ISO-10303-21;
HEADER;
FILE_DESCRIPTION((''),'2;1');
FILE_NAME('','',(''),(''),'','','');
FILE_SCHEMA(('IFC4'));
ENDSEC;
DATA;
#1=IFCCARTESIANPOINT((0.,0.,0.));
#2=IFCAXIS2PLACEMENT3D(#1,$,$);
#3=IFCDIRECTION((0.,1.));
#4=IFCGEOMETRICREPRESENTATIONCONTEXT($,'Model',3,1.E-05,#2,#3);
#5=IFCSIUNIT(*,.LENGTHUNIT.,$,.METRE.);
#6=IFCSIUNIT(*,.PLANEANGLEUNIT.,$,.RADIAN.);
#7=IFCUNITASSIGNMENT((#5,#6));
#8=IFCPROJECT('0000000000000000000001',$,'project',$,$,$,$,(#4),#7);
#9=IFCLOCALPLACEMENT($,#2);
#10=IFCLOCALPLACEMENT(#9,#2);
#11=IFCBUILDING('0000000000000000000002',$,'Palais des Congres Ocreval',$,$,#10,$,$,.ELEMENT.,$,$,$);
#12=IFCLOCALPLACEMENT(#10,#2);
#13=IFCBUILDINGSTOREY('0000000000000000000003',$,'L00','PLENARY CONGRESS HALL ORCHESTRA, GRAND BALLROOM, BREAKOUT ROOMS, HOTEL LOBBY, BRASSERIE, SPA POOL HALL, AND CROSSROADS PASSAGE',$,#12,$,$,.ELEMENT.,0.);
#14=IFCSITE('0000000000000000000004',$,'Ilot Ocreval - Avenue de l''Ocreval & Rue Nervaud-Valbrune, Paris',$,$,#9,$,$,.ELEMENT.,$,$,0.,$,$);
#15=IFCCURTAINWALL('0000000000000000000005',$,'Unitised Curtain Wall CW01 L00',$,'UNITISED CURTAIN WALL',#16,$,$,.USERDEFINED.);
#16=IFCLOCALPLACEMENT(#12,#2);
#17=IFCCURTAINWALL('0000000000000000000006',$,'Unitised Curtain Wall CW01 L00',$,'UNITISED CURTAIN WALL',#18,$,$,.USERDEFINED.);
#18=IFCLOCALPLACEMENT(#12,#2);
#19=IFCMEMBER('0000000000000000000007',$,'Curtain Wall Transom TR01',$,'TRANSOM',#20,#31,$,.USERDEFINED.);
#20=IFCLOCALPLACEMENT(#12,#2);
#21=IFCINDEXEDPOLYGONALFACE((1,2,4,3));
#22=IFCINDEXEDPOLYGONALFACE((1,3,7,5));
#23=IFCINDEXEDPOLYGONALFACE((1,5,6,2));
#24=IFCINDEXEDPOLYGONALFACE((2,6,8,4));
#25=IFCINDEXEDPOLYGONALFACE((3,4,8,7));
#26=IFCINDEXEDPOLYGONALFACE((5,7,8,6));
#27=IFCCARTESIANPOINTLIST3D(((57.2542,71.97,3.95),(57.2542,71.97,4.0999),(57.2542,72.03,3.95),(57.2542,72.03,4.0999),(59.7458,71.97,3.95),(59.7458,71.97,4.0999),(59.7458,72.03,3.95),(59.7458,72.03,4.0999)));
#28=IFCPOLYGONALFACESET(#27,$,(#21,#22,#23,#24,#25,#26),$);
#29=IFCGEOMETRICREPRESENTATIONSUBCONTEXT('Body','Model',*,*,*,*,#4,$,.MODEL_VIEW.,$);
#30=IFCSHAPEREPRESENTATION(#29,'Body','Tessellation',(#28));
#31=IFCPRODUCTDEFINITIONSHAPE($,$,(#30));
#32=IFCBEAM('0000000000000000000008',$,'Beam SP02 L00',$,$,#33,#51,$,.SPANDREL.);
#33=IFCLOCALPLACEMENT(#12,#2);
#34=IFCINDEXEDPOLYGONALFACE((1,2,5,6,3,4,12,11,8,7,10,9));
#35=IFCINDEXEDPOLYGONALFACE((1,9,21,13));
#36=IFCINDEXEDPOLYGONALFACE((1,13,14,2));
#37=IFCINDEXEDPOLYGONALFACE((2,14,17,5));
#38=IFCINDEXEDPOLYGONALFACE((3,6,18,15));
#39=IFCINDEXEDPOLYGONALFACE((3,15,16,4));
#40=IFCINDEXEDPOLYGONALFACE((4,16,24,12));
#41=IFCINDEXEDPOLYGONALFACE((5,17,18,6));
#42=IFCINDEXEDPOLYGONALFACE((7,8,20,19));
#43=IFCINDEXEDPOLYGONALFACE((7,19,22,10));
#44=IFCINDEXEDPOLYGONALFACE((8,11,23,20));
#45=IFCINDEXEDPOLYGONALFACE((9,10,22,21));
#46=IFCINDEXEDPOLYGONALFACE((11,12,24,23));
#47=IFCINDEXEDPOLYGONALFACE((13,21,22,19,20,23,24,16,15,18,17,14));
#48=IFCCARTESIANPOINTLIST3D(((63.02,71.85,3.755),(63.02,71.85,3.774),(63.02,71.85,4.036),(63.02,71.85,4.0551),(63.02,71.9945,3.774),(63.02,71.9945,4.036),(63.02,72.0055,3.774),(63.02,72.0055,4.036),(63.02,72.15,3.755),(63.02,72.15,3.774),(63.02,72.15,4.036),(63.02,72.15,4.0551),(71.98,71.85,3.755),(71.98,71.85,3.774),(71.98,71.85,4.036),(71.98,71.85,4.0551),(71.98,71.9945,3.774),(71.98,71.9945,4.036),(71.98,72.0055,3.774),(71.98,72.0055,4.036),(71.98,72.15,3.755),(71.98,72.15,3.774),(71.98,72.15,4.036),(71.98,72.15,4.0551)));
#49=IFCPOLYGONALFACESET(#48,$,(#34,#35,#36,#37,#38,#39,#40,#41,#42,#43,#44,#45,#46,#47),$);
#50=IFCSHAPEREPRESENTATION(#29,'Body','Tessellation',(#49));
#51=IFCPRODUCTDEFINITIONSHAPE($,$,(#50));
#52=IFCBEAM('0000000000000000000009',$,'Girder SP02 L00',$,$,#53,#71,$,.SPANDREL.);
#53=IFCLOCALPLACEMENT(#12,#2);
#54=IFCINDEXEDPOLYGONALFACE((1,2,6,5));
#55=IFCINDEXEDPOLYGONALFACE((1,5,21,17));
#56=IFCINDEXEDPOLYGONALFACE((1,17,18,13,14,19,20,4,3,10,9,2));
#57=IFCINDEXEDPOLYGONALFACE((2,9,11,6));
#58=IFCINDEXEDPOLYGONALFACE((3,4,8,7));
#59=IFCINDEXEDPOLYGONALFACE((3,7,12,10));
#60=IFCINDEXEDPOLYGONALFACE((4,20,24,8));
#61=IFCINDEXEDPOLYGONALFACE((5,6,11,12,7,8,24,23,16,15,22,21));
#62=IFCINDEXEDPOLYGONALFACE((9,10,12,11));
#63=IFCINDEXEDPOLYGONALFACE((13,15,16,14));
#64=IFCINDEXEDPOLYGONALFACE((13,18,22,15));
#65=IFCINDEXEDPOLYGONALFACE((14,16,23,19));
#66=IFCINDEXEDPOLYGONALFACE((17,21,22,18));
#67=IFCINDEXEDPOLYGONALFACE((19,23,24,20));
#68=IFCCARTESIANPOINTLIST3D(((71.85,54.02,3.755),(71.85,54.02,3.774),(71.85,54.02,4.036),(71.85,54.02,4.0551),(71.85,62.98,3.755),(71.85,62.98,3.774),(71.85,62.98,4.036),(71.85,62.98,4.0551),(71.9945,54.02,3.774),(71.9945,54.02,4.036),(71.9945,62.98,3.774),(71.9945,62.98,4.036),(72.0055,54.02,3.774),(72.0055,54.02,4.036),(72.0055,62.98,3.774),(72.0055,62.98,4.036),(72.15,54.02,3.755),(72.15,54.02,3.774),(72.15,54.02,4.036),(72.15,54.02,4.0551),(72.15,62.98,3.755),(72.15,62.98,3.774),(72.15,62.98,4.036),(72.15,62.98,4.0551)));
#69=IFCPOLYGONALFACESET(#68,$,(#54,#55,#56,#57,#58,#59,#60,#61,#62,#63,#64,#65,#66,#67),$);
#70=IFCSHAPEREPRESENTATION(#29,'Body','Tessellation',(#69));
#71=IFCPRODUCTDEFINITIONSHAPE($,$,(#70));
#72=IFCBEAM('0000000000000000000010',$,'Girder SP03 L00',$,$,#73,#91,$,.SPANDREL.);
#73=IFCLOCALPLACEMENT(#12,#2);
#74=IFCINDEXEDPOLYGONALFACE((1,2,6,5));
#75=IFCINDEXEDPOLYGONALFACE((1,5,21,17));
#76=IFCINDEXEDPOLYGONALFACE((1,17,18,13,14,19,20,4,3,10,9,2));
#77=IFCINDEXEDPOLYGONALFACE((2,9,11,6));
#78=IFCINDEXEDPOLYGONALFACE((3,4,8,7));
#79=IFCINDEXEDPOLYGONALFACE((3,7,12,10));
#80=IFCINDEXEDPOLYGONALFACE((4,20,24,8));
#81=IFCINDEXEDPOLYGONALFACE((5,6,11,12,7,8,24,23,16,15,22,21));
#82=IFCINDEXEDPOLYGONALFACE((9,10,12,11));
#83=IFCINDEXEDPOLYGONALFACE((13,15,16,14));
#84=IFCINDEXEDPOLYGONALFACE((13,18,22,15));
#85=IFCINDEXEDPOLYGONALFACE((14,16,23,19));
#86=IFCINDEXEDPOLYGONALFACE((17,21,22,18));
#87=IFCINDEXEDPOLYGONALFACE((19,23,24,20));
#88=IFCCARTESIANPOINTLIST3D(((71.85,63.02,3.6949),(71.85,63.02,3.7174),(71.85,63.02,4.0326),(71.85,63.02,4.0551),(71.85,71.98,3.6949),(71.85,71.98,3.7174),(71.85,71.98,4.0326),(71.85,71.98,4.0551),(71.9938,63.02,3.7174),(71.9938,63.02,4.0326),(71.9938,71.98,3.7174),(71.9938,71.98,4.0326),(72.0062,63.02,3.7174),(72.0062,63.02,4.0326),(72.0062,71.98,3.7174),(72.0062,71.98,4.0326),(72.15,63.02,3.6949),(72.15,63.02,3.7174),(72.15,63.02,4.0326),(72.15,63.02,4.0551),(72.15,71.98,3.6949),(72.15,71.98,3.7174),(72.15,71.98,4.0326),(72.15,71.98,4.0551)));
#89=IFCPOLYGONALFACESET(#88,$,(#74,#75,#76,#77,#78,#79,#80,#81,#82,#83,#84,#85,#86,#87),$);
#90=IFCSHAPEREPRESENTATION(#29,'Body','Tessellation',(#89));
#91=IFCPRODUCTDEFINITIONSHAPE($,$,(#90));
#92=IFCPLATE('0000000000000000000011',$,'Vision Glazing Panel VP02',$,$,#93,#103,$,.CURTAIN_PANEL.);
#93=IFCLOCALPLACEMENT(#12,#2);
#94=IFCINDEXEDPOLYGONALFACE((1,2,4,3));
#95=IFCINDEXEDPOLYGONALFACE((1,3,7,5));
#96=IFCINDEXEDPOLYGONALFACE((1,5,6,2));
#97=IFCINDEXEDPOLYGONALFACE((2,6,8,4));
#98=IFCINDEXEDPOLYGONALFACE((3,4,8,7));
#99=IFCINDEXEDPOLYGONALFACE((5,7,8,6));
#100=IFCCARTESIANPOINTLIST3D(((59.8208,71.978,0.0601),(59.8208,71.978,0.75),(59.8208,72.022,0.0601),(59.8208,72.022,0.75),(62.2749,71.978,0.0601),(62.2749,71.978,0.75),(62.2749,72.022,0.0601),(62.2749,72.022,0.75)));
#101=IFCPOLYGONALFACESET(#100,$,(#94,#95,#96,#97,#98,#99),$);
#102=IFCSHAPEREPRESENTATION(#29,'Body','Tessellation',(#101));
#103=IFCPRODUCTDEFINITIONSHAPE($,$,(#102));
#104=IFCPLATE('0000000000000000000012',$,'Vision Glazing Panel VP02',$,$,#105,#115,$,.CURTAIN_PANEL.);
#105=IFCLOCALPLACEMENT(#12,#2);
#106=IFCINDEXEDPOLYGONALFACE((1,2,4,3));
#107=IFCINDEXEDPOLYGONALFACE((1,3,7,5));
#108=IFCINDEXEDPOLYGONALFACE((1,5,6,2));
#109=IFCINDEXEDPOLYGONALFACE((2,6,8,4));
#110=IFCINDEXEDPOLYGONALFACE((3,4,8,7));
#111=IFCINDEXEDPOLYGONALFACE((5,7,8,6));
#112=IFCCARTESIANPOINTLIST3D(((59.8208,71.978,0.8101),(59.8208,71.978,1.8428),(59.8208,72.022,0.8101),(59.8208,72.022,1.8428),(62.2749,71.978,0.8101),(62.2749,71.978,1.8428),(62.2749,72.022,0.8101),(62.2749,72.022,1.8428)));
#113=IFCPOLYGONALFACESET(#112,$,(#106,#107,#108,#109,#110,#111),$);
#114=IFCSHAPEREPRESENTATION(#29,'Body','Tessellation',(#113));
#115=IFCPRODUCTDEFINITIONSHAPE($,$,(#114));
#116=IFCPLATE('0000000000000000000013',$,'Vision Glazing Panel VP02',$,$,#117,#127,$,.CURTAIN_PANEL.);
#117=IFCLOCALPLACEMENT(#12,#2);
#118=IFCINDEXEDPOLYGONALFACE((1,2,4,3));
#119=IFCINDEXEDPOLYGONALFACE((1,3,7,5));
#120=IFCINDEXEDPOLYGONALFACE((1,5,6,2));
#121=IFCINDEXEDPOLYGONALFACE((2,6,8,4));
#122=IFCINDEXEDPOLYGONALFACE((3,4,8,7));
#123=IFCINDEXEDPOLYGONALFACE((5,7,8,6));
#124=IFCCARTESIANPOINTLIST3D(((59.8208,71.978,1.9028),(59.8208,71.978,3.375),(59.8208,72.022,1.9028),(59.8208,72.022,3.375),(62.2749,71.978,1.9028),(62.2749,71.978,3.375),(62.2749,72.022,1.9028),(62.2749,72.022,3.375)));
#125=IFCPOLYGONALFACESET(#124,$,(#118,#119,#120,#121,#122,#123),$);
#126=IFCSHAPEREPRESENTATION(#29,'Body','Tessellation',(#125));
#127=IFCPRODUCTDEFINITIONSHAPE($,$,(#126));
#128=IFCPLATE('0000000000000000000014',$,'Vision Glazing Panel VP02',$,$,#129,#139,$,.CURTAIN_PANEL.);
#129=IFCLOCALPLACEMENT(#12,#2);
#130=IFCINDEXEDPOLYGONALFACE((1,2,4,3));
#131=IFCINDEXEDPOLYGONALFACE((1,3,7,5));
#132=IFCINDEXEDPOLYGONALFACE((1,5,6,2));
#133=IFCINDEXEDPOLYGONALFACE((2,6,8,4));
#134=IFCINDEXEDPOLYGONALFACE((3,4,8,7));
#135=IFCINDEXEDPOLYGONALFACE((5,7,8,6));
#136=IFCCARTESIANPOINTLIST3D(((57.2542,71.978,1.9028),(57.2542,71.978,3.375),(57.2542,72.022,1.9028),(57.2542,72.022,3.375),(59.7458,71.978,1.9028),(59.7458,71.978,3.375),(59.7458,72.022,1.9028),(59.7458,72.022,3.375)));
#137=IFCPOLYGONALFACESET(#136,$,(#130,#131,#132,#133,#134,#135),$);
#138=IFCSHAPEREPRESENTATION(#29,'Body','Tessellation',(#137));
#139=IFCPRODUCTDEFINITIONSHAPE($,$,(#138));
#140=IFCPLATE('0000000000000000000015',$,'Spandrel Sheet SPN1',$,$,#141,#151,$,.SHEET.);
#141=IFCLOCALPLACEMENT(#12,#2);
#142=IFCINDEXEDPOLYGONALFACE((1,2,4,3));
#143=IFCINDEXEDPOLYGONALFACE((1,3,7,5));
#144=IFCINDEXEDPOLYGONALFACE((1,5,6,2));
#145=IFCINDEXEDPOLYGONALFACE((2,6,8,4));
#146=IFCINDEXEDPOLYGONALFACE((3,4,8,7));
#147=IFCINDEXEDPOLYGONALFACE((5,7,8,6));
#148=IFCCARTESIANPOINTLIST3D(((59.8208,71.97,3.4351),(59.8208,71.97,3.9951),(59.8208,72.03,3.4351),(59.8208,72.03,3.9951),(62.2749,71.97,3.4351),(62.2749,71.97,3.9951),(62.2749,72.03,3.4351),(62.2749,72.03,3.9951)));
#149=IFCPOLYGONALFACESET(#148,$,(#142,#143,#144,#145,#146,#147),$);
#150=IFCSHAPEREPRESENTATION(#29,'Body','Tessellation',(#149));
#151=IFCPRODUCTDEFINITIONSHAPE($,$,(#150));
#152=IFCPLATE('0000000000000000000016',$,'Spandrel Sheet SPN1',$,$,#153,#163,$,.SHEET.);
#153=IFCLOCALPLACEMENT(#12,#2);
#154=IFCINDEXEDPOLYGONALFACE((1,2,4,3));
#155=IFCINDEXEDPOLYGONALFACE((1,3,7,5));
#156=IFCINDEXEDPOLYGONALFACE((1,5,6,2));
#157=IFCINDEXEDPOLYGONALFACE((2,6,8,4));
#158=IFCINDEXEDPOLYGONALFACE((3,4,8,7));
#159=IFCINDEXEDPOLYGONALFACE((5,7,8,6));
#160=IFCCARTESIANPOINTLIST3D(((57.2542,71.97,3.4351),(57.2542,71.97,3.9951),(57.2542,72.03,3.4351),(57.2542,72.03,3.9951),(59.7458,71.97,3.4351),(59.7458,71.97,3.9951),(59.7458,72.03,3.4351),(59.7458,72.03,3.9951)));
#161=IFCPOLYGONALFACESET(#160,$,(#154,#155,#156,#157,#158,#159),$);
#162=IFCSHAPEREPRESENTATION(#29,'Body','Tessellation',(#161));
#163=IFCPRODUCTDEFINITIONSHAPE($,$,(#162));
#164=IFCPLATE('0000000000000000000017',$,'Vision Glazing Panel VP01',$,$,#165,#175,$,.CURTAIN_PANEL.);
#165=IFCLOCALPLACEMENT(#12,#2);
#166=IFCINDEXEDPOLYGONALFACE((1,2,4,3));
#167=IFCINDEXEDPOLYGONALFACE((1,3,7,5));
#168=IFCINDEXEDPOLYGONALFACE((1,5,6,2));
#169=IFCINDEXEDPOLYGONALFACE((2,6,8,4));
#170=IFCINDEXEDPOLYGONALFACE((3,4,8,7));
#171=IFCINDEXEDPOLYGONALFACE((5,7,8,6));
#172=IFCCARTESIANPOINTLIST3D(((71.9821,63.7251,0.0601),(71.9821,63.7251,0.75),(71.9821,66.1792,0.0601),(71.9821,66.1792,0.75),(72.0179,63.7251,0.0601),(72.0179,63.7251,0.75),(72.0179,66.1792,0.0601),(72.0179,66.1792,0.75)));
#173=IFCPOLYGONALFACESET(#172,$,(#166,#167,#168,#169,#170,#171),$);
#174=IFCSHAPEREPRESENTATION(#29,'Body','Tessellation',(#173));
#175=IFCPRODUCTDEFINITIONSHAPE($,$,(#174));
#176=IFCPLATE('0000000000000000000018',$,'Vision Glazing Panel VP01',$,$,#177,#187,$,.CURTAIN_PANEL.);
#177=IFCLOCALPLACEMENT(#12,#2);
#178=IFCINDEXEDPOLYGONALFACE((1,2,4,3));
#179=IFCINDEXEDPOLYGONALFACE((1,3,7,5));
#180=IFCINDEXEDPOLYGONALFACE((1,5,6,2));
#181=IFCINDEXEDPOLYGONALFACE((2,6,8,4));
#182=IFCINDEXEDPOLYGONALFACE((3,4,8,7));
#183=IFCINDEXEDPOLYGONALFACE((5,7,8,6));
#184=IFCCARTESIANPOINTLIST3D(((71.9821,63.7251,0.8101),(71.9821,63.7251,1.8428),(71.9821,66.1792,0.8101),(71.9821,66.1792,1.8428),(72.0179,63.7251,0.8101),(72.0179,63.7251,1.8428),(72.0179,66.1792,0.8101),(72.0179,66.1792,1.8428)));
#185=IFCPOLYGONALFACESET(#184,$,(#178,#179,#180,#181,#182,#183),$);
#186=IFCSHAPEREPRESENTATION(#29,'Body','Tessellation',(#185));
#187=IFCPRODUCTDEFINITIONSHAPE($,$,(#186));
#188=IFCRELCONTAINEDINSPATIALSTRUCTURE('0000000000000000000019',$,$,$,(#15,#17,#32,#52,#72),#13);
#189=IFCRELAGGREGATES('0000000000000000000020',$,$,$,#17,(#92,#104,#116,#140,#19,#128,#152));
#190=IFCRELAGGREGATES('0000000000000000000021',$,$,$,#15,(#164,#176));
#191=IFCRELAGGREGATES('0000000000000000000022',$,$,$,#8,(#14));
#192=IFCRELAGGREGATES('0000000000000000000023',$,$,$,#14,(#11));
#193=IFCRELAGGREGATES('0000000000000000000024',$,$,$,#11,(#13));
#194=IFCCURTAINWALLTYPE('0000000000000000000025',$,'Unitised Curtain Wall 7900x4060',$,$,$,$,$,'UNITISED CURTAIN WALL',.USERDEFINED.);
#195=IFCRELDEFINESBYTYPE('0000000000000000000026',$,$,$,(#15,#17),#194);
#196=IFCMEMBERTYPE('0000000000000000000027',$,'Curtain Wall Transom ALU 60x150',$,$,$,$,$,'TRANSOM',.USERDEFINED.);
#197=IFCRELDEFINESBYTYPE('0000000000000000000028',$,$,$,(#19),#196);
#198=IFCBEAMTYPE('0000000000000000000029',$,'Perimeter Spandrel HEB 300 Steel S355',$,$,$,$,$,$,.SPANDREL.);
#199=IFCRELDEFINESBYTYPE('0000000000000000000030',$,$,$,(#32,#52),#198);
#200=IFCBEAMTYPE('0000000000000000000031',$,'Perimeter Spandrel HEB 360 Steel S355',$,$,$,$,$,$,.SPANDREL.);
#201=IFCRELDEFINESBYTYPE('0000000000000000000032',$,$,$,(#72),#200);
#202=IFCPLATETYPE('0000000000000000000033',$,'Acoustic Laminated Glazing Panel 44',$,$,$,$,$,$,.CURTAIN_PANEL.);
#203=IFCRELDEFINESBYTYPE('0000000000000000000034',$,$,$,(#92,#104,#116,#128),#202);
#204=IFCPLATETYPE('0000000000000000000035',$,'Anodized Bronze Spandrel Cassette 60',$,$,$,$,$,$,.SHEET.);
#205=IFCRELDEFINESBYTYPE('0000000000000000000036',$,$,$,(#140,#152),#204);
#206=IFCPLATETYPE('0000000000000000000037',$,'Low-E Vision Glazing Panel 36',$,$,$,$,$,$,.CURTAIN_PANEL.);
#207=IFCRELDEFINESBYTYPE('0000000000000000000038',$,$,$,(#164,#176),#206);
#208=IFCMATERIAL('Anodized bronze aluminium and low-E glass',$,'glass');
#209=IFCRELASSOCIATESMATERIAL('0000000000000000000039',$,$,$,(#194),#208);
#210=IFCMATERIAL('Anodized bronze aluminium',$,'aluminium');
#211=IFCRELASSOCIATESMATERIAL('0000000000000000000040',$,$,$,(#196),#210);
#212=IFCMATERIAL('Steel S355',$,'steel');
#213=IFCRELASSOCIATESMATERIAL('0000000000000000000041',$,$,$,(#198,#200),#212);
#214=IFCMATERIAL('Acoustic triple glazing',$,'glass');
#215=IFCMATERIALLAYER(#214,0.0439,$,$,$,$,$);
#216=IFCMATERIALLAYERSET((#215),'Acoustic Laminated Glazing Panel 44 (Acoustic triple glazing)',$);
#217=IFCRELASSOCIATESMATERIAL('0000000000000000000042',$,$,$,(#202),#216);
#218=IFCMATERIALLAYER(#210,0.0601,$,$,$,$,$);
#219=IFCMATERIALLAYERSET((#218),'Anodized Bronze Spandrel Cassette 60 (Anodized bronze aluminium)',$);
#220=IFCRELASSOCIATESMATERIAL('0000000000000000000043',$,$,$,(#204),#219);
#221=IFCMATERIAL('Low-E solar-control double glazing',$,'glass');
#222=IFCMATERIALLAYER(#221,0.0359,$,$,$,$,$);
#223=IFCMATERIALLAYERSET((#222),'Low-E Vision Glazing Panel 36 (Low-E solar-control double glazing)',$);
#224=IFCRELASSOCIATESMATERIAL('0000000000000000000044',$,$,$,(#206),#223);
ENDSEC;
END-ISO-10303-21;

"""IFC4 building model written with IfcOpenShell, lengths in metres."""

from ifc_helpers import new_model, si_unit, direction, frame, origin, origin_2d, place, context, subcontext, project, spatial, rectangle, i_section, extrude, material, layer, layer_set, material_profile, profile_set, type_object, element, aggregate, save


model = new_model("IFC4")

# Units and contexts
model_context = context("Model", 3, precision=1e-05, world=origin(), true_north=direction((0.0, 1.0)))
body_context = subcontext(model_context, "Body", "Model", "MODEL_VIEW")
ifc_project = project(units=[si_unit("LENGTHUNIT", "METRE"), si_unit("PLANEANGLEUNIT", "RADIAN")], contexts=[model_context])

# Site, building, storey
site_placement = place(None, origin())
site = spatial("IfcSite", under=ifc_project, at=site_placement, Name="Ilot Ocreval - Avenue de l'Ocreval & Rue Nervaud-Valbrune, Paris", CompositionType="ELEMENT", RefElevation=0.0)
building_placement = place(site_placement, origin())
building = spatial("IfcBuilding", under=site, at=building_placement, Name="Palais des Congres Ocreval", CompositionType="ELEMENT")
storey_placement = place(building_placement, origin())
storey = spatial("IfcBuildingStorey", under=building, at=storey_placement, Name="L00", Description="PLENARY CONGRESS HALL ORCHESTRA, GRAND BALLROOM, BREAKOUT ROOMS, HOTEL LOBBY, BRASSERIE, SPA POOL HALL, AND CROSSROADS PASSAGE", CompositionType="ELEMENT", Elevation=0.0)

# Shared definitions
ifc_material_1 = material(Name="Steel S355", Category="steel")

# Curtain wall
ifc_material_2 = material(Name="Anodized bronze aluminium and low-E glass", Category="glass")
curtain_wall_type = type_object("IfcCurtainWallType", Name="Unitised Curtain Wall 7900x4060", ElementType="UNITISED CURTAIN WALL", PredefinedType="USERDEFINED", material=ifc_material_2)
curtain_wall_1_placement = place(storey_placement, origin())
curtain_wall_1 = element("IfcCurtainWall", 1, at=curtain_wall_1_placement, inside=storey, type_object=curtain_wall_type, Name="Unitised Curtain Wall CW01 L00", ObjectType="UNITISED CURTAIN WALL", PredefinedType="USERDEFINED")
ifc_material_3 = material(Name="Anodized bronze aluminium", Category="aluminium")

# Curtain wall
curtain_wall_2_placement = place(storey_placement, origin())
curtain_wall_2 = element("IfcCurtainWall", 2, at=curtain_wall_2_placement, inside=storey, type_object=curtain_wall_type, Name="Unitised Curtain Wall CW01 L00", ObjectType="UNITISED CURTAIN WALL", PredefinedType="USERDEFINED")

# Member
ifc_material_profile_1 = material_profile(ifc_material_3, rectangle(XDim=0.0601, YDim=0.1499, at=origin_2d()), Name="ALU 60x150")
ifc_profile_set_1 = profile_set([ifc_material_profile_1], Name="Anodized bronze aluminium")
member_type_1 = type_object("IfcMemberType", Name="Curtain Wall Transom ALU 60x150", ElementType="TRANSOM", PredefinedType="USERDEFINED", material=ifc_profile_set_1)
member_1_placement = place(storey_placement, frame((59.7458, 72.0, 4.0249), z_axis=(-1.0, 0.0, 0.0), x_axis=(0.0, -1.0, 0.0)))
member_1 = element("IfcMember", 3, at=member_1_placement, type_object=member_type_1, Name="Curtain Wall Transom TR01", ObjectType="TRANSOM", PredefinedType="USERDEFINED", context=body_context, shape_type="SweptSolid", body=[
    extrude(rectangle(XDim=0.0601, YDim=0.1499, at=origin_2d()), origin(), (0.0, 0.0, 1.0), 2.4917),
])

# Beams
ifc_material_profile_2 = material_profile(ifc_material_1, i_section(OverallWidth=0.3, OverallDepth=0.3, WebThickness=0.011, FlangeThickness=0.019, at=origin_2d()), Name="HEB 300")
ifc_profile_set_2 = profile_set([ifc_material_profile_2], Name="Steel S355")
beam_type_1 = type_object("IfcBeamType", Name="Perimeter Spandrel HEB 300 Steel S355", PredefinedType="SPANDREL", material=ifc_profile_set_2)
for number, where, z_axis, x_axis, name in (
    (4, (63.02, 72.0, 3.905), (1.0, 0.0, 0.0), (0.0, 1.0, 0.0), "Beam SP02 L00"),
    (5, (72.0, 54.02, 3.905), (0.0, 1.0, 0.0), (-1.0, 0.0, 0.0), "Girder SP02 L00"),
):
    element("IfcBeam", number, at=place(storey_placement, frame(where, z_axis=z_axis, x_axis=x_axis)), inside=storey, type_object=beam_type_1, Name=name, PredefinedType="SPANDREL", context=body_context, shape_type="SweptSolid", body=[
        extrude(i_section(OverallWidth=0.3, OverallDepth=0.3, WebThickness=0.011, FlangeThickness=0.019, at=origin_2d()), origin(), (0.0, 0.0, 1.0), 8.96),
    ])
ifc_material_profile_3 = material_profile(ifc_material_1, i_section(OverallWidth=0.3, OverallDepth=0.3601, WebThickness=0.0125, FlangeThickness=0.0225, at=origin_2d()), Name="HEB 360")
ifc_profile_set_3 = profile_set([ifc_material_profile_3], Name="Steel S355")
beam_type_2 = type_object("IfcBeamType", Name="Perimeter Spandrel HEB 360 Steel S355", PredefinedType="SPANDREL", material=ifc_profile_set_3)
beam_placement = place(storey_placement, frame((72.0, 63.02, 3.875), z_axis=(0.0, 1.0, 0.0), x_axis=(-1.0, 0.0, 0.0)))
element("IfcBeam", 6, at=beam_placement, inside=storey, type_object=beam_type_2, Name="Girder SP03 L00", PredefinedType="SPANDREL", context=body_context, shape_type="SweptSolid", body=[
    extrude(i_section(OverallWidth=0.3, OverallDepth=0.3601, WebThickness=0.0125, FlangeThickness=0.0225, at=origin_2d()), origin(), (0.0, 0.0, 1.0), 8.96),
])

# Plates
ifc_material_4 = material(Name="Acoustic triple glazing", Category="glass")
ifc_layer_1 = layer(ifc_material_4, 0.0439)
ifc_layer_set_1 = layer_set([ifc_layer_1], Name="Acoustic Laminated Glazing Panel 44 (Acoustic triple glazing)")
plate_type_1 = type_object("IfcPlateType", Name="Acoustic Laminated Glazing Panel 44", PredefinedType="CURTAIN_PANEL", material=ifc_layer_set_1)
plate_1_placement = place(storey_placement, frame((61.0479, 72.0, 0.0601), z_axis=(0.0, 0.0, 1.0), x_axis=(-1.0, 0.0, 0.0)))
plate_1 = element("IfcPlate", 7, at=plate_1_placement, type_object=plate_type_1, Name="Vision Glazing Panel VP02", PredefinedType="CURTAIN_PANEL", context=body_context, shape_type="SweptSolid", body=[
    extrude(rectangle(XDim=2.4541, YDim=0.0439, at=origin_2d()), origin(), (0.0, 0.0, 1.0), 0.6899),
])
plate_2_placement = place(storey_placement, frame((61.0479, 72.0, 0.8101), z_axis=(0.0, 0.0, 1.0), x_axis=(-1.0, 0.0, 0.0)))
plate_2 = element("IfcPlate", 8, at=plate_2_placement, type_object=plate_type_1, Name="Vision Glazing Panel VP02", PredefinedType="CURTAIN_PANEL", context=body_context, shape_type="SweptSolid", body=[
    extrude(rectangle(XDim=2.4541, YDim=0.0439, at=origin_2d()), origin(), (0.0, 0.0, 1.0), 1.0327),
])
plate_3_placement = place(storey_placement, frame((61.0479, 72.0, 1.9028), z_axis=(0.0, 0.0, 1.0), x_axis=(-1.0, 0.0, 0.0)))
plate_3 = element("IfcPlate", 9, at=plate_3_placement, type_object=plate_type_1, Name="Vision Glazing Panel VP02", PredefinedType="CURTAIN_PANEL", context=body_context, shape_type="SweptSolid", body=[
    extrude(rectangle(XDim=2.4541, YDim=0.0439, at=origin_2d()), origin(), (0.0, 0.0, 1.0), 1.4722),
])
plate_4_placement = place(storey_placement, frame((58.5, 72.0, 1.9028), z_axis=(0.0, 0.0, 1.0), x_axis=(-1.0, 0.0, 0.0)))
plate_4 = element("IfcPlate", 10, at=plate_4_placement, type_object=plate_type_1, Name="Vision Glazing Panel VP02", PredefinedType="CURTAIN_PANEL", context=body_context, shape_type="SweptSolid", body=[
    extrude(rectangle(XDim=2.4917, YDim=0.0439, at=origin_2d()), origin(), (0.0, 0.0, 1.0), 1.4722),
])
ifc_layer_2 = layer(ifc_material_3, 0.0601)
ifc_layer_set_2 = layer_set([ifc_layer_2], Name="Anodized Bronze Spandrel Cassette 60 (Anodized bronze aluminium)")
plate_type_2 = type_object("IfcPlateType", Name="Anodized Bronze Spandrel Cassette 60", PredefinedType="SHEET", material=ifc_layer_set_2)
plate_5_placement = place(storey_placement, frame((61.0479, 72.0, 3.4351), z_axis=(0.0, 0.0, 1.0), x_axis=(-1.0, 0.0, 0.0)))
plate_5 = element("IfcPlate", 11, at=plate_5_placement, type_object=plate_type_2, Name="Spandrel Sheet SPN1", PredefinedType="SHEET", context=body_context, shape_type="SweptSolid", body=[
    extrude(rectangle(XDim=2.4541, YDim=0.0601, at=origin_2d()), origin(), (0.0, 0.0, 1.0), 0.5601),
])
plate_6_placement = place(storey_placement, frame((58.5, 72.0, 3.4351), z_axis=(0.0, 0.0, 1.0), x_axis=(-1.0, 0.0, 0.0)))
plate_6 = element("IfcPlate", 12, at=plate_6_placement, type_object=plate_type_2, Name="Spandrel Sheet SPN1", PredefinedType="SHEET", context=body_context, shape_type="SweptSolid", body=[
    extrude(rectangle(XDim=2.4917, YDim=0.0601, at=origin_2d()), origin(), (0.0, 0.0, 1.0), 0.5601),
])
aggregate(curtain_wall_2, [plate_1, plate_2, plate_3, plate_5, member_1, plate_4, plate_6])
ifc_material_5 = material(Name="Low-E solar-control double glazing", Category="glass")
ifc_layer_3 = layer(ifc_material_5, 0.0359)
ifc_layer_set_3 = layer_set([ifc_layer_3], Name="Low-E Vision Glazing Panel 36 (Low-E solar-control double glazing)")
plate_type_3 = type_object("IfcPlateType", Name="Low-E Vision Glazing Panel 36", PredefinedType="CURTAIN_PANEL", material=ifc_layer_set_3)
plate_7_placement = place(storey_placement, frame((72.0, 64.9521, 0.0601), z_axis=(0.0, 0.0, 1.0), x_axis=(0.0, 1.0, 0.0)))
plate_7 = element("IfcPlate", 13, at=plate_7_placement, type_object=plate_type_3, Name="Vision Glazing Panel VP01", PredefinedType="CURTAIN_PANEL", context=body_context, shape_type="SweptSolid", body=[
    extrude(rectangle(XDim=2.4541, YDim=0.0359, at=origin_2d()), origin(), (0.0, 0.0, 1.0), 0.6899),
])
plate_8_placement = place(storey_placement, frame((72.0, 64.9521, 0.8101), z_axis=(0.0, 0.0, 1.0), x_axis=(0.0, 1.0, 0.0)))
plate_8 = element("IfcPlate", 14, at=plate_8_placement, type_object=plate_type_3, Name="Vision Glazing Panel VP01", PredefinedType="CURTAIN_PANEL", context=body_context, shape_type="SweptSolid", body=[
    extrude(rectangle(XDim=2.4541, YDim=0.0359, at=origin_2d()), origin(), (0.0, 0.0, 1.0), 1.0327),
])
aggregate(curtain_wall_1, [plate_7, plate_8])

save(model, "model.ifc")
